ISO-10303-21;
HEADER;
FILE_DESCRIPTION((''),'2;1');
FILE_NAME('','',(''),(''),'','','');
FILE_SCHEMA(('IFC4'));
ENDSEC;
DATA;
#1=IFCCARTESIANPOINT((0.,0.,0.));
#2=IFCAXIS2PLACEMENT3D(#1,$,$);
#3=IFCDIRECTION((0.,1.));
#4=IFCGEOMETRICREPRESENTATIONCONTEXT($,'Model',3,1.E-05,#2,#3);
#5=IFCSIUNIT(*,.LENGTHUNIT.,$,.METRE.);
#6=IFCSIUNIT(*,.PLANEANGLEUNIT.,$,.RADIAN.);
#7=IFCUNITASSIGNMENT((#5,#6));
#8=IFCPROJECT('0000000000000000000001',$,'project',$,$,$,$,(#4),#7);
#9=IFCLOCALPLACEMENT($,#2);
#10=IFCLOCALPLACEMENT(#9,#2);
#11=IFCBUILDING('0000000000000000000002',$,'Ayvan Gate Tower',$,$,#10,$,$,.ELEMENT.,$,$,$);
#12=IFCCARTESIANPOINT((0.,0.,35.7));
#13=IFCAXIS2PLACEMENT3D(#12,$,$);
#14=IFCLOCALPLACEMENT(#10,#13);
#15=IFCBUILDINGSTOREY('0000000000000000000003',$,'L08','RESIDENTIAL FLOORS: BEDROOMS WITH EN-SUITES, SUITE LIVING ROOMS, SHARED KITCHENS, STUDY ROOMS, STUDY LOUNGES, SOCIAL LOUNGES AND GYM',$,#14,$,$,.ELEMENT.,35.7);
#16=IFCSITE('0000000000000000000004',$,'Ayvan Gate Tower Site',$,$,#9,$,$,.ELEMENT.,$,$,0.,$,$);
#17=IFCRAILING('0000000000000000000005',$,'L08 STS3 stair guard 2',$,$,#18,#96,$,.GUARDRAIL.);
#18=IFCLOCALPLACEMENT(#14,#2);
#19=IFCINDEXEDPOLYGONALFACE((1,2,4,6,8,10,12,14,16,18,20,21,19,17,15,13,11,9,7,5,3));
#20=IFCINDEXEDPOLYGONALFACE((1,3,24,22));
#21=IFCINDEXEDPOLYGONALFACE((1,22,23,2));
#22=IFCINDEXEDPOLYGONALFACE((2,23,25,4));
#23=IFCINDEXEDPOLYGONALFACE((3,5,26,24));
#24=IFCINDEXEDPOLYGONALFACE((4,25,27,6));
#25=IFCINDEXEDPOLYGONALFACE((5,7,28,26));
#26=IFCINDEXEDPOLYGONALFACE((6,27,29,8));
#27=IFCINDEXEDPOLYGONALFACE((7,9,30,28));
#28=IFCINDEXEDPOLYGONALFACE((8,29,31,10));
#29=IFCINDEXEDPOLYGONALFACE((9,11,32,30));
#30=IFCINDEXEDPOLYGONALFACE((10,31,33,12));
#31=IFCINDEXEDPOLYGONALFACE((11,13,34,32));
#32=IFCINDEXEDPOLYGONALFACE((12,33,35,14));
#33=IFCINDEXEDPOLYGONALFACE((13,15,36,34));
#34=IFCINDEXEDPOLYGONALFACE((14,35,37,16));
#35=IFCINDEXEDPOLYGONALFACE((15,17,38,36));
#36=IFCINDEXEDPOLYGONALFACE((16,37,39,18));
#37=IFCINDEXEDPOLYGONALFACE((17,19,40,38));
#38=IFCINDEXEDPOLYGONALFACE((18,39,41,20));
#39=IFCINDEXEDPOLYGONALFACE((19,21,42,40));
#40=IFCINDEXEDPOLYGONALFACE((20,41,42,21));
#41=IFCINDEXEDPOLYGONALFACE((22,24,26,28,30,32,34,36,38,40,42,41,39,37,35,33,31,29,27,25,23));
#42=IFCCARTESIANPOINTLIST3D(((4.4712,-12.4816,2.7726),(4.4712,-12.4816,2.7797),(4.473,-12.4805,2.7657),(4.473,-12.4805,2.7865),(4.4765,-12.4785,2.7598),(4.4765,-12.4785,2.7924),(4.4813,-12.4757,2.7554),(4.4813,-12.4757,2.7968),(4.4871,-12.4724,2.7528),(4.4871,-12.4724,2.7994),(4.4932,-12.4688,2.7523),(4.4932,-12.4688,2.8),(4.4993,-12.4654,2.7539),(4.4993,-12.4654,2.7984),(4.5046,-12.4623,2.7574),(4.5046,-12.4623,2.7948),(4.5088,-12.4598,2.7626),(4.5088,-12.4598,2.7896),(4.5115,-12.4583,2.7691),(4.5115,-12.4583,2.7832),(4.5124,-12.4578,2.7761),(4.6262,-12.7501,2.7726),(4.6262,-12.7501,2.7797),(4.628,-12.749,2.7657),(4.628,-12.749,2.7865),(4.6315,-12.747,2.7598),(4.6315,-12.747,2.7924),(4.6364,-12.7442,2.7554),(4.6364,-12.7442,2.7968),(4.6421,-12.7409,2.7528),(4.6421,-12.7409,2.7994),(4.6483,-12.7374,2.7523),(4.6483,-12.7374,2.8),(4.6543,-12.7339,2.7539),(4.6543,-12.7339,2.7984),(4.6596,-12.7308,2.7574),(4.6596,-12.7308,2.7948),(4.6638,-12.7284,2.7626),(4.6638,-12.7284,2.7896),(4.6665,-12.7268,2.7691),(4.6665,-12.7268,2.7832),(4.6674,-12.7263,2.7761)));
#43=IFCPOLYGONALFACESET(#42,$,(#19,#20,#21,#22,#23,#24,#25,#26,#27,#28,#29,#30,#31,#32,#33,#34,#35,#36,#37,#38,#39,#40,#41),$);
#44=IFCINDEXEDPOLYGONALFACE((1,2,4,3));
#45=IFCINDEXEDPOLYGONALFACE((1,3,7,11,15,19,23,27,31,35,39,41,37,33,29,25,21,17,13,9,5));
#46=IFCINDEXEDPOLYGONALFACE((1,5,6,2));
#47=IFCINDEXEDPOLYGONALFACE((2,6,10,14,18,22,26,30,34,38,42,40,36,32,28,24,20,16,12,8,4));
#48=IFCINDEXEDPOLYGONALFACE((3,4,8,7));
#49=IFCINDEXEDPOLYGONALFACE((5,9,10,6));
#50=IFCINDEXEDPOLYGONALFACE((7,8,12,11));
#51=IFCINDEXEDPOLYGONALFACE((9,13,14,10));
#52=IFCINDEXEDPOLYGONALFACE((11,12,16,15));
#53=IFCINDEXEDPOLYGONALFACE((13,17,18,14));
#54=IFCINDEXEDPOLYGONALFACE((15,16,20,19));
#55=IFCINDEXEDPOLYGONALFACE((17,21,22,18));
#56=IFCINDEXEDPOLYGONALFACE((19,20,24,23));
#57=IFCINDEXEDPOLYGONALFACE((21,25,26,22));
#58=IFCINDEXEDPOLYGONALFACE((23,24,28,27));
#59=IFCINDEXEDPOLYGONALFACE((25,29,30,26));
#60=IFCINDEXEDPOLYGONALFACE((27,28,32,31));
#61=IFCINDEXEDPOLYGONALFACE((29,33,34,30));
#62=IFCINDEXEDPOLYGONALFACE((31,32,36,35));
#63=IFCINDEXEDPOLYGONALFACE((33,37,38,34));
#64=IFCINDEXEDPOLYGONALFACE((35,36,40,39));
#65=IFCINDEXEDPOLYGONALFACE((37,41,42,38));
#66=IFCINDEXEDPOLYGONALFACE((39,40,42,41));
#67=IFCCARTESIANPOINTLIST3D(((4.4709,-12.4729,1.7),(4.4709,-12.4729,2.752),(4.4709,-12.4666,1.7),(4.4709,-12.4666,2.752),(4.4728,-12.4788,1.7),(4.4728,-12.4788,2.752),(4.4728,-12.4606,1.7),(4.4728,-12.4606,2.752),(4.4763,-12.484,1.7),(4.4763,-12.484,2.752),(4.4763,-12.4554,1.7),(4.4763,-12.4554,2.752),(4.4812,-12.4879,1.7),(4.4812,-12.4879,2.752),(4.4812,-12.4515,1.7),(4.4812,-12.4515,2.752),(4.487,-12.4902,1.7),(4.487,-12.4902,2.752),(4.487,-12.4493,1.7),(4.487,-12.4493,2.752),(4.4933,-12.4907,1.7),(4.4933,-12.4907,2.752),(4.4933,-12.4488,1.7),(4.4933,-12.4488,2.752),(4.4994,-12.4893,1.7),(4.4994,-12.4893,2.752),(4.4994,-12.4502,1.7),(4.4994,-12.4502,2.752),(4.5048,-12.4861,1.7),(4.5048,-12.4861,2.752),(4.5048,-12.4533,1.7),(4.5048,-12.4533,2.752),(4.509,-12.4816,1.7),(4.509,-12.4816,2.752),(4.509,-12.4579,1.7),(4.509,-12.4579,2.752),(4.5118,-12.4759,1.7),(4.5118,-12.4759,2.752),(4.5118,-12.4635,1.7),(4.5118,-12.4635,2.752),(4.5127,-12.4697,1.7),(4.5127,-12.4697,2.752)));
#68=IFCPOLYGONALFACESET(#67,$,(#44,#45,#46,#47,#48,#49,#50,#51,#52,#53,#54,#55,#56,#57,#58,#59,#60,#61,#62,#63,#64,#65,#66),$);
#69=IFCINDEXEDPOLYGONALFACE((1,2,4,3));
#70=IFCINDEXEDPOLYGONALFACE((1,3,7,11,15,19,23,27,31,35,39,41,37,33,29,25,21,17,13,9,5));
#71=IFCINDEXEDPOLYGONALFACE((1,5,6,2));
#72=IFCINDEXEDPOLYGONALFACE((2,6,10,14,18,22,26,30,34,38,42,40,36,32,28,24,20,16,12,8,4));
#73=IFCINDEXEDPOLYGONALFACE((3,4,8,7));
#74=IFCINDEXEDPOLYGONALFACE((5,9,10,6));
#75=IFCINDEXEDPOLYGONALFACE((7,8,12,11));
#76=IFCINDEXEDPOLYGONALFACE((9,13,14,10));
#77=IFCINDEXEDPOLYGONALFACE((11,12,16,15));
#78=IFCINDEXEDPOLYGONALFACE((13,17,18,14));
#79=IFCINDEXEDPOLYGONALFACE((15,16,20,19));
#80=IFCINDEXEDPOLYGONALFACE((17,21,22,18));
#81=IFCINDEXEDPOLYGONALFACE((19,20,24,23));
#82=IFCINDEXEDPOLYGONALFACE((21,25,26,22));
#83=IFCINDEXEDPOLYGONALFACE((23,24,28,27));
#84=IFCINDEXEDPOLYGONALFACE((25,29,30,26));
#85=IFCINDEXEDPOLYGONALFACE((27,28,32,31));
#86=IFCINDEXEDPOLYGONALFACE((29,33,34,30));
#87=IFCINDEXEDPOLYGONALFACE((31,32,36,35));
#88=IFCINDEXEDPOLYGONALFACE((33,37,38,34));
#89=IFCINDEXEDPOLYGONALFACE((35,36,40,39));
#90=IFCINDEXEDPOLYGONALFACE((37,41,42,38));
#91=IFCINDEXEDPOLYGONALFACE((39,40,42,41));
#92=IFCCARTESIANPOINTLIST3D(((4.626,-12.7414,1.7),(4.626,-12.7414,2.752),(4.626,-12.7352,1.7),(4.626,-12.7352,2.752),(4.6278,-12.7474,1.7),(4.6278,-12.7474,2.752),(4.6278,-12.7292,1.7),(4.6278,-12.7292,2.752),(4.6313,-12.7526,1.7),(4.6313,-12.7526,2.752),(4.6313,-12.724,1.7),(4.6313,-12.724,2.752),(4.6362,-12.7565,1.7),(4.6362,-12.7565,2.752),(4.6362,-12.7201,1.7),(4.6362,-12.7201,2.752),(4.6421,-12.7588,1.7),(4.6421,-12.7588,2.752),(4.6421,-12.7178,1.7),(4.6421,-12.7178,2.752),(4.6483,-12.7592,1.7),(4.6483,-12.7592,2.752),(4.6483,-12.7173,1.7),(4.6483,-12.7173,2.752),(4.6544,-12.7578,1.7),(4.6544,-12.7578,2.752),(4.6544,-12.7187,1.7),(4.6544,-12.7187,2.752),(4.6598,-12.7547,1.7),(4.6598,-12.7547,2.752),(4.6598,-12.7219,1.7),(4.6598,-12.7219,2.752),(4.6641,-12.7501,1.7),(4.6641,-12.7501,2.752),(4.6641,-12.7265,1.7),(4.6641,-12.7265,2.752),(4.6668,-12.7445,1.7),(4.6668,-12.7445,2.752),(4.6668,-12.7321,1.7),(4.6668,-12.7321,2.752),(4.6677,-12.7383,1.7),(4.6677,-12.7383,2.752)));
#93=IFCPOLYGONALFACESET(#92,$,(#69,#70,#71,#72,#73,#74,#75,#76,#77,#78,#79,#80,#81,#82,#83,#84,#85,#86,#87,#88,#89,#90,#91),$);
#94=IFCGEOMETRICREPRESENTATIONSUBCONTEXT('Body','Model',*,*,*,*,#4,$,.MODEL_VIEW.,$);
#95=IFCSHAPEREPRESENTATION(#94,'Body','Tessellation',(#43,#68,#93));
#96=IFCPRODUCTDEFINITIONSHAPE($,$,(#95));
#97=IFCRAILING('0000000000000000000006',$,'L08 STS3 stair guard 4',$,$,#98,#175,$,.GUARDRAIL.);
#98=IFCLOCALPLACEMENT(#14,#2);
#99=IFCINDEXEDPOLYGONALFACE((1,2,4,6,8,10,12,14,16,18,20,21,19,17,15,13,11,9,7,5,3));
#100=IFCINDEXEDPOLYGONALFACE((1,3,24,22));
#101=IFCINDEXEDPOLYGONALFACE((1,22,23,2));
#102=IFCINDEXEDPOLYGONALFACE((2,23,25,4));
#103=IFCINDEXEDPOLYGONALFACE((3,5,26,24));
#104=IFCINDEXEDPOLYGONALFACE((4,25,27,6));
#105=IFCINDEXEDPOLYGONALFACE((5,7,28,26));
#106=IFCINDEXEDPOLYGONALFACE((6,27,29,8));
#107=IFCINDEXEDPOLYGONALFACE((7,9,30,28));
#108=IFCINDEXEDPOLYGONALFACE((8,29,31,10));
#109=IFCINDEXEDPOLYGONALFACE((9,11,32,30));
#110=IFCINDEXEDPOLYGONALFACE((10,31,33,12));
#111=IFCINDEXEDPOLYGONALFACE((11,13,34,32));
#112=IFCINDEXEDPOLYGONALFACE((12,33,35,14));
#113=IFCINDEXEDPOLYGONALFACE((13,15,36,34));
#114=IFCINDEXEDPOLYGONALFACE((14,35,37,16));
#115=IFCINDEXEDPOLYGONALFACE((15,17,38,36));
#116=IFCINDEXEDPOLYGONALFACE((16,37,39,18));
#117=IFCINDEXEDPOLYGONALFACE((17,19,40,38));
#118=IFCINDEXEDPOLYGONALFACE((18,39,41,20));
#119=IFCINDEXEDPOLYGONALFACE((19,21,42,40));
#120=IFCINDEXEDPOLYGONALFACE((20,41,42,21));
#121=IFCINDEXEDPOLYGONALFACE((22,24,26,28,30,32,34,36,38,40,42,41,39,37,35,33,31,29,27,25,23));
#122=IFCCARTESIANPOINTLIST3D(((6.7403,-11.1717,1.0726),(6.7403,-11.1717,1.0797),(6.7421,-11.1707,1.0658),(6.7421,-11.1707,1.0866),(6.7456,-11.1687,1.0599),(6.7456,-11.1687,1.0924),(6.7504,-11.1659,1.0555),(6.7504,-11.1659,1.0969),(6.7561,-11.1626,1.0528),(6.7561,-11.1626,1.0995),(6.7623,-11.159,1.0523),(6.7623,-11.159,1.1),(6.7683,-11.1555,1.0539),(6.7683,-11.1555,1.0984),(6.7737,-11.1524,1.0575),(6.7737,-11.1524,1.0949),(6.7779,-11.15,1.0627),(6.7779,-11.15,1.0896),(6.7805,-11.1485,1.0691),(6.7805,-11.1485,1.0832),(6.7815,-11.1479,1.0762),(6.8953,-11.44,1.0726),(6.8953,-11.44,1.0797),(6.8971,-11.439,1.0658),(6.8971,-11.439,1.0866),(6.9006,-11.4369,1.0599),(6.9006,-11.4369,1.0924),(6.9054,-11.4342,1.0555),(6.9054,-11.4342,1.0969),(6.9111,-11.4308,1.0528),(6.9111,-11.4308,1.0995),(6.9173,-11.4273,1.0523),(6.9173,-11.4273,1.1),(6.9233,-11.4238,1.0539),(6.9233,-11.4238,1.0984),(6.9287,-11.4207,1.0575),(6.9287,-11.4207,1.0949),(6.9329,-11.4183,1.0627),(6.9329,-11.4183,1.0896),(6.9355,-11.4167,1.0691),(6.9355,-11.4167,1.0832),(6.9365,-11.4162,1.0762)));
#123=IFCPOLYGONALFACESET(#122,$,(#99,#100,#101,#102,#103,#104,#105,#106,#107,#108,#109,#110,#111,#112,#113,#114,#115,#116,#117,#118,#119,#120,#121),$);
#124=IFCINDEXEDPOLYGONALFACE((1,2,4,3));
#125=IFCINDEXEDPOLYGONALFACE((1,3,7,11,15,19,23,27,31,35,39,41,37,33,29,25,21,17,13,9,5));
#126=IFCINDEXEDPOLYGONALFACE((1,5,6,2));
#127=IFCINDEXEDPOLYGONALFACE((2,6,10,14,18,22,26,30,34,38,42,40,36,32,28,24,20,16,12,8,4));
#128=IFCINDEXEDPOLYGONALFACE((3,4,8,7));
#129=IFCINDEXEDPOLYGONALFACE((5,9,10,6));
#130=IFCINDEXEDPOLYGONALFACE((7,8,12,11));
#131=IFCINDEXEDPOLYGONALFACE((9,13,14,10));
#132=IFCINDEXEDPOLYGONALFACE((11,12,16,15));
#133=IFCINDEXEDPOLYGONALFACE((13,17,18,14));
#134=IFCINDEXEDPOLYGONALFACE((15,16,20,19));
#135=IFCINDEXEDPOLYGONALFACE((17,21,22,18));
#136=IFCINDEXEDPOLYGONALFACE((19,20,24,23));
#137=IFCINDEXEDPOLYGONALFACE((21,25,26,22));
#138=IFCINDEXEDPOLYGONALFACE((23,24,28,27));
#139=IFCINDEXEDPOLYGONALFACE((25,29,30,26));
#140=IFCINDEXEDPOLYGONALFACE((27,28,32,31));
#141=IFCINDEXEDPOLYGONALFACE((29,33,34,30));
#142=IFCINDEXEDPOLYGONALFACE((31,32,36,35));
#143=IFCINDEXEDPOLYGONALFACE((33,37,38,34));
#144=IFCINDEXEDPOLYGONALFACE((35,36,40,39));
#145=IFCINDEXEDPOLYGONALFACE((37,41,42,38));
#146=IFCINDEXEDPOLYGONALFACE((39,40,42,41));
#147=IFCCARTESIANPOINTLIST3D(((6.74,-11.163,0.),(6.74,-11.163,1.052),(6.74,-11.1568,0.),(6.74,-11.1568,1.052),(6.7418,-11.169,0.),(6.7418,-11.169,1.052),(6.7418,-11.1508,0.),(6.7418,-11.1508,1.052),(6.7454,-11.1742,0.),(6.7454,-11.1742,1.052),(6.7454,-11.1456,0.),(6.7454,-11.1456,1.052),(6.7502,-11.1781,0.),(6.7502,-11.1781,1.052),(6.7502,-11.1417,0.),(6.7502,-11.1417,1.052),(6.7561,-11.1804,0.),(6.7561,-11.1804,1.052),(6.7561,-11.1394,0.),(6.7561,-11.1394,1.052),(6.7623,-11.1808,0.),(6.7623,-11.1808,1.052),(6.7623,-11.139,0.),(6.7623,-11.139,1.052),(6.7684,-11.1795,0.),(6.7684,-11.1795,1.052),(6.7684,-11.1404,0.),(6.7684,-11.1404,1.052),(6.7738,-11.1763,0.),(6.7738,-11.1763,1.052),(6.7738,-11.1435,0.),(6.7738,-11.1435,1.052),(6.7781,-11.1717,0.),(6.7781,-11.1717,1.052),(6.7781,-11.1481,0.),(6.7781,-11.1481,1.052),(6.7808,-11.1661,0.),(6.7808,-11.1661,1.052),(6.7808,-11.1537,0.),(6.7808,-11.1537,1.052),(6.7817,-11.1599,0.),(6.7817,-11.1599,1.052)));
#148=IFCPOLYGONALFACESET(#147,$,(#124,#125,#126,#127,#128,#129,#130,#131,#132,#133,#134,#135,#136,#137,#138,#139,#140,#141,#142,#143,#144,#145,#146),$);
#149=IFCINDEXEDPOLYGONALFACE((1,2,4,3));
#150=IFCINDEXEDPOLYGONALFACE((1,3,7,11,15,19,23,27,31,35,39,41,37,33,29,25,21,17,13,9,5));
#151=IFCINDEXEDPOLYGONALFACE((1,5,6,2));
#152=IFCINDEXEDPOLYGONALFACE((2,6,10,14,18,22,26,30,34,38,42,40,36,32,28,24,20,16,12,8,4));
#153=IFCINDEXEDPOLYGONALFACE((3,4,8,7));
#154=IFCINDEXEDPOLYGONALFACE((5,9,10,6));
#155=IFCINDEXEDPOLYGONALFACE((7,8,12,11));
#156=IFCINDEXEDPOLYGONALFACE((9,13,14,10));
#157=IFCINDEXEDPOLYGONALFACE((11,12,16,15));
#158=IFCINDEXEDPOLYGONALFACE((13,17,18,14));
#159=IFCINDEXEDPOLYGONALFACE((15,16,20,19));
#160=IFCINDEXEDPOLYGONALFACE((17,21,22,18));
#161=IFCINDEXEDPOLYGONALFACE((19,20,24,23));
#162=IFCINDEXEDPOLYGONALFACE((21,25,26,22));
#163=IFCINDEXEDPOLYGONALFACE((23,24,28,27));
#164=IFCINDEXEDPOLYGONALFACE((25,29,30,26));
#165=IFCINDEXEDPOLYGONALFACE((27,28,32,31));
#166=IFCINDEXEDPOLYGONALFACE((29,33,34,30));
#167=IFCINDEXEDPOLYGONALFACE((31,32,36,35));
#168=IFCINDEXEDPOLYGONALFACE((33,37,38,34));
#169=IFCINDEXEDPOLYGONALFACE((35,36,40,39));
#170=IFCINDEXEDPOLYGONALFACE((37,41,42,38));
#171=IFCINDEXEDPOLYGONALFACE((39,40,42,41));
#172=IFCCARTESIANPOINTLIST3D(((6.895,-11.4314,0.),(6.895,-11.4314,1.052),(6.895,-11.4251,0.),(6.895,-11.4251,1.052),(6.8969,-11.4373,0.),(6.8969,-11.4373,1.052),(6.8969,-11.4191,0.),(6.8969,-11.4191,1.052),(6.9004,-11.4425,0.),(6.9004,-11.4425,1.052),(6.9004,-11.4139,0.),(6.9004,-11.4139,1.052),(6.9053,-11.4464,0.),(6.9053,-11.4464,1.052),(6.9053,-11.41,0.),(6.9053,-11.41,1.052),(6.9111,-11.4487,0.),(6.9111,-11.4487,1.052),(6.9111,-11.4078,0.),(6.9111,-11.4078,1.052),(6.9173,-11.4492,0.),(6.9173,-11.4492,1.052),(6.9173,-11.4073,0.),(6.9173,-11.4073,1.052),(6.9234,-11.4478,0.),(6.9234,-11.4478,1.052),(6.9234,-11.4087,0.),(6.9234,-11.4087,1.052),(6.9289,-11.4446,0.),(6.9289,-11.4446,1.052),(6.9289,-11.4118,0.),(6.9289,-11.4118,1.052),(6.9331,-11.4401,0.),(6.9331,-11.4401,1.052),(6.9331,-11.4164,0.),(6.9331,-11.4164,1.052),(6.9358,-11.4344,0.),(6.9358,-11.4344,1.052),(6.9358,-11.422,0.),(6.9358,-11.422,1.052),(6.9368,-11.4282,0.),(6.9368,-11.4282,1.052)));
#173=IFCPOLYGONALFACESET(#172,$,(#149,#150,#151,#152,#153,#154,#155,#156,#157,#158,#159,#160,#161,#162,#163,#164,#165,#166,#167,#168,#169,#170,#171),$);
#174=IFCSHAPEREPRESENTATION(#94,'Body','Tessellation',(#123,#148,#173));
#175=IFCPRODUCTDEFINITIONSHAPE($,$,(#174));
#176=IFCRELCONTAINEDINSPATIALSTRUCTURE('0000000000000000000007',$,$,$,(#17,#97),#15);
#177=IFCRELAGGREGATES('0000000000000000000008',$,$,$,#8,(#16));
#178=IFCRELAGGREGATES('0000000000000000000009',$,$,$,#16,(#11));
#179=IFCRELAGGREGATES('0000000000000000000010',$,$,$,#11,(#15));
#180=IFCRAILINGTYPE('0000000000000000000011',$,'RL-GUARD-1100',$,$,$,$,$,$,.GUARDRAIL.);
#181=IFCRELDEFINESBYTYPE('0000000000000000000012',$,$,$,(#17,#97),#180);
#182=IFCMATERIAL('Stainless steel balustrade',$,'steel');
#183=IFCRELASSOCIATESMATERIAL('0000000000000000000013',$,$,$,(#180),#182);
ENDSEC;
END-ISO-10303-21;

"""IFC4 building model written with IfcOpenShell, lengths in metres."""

from ifc_helpers import new_model, si_unit, direction, frame, origin, origin_2d, place, context, subcontext, project, spatial, circle, extrude, material, type_object, element, save


model = new_model("IFC4")

# Units and contexts
model_context = context("Model", 3, precision=1e-05, world=origin(), true_north=direction((0.0, 1.0)))
body_context = subcontext(model_context, "Body", "Model", "MODEL_VIEW")
ifc_project = project(units=[si_unit("LENGTHUNIT", "METRE"), si_unit("PLANEANGLEUNIT", "RADIAN")], contexts=[model_context])

# Site, building, storey
site_placement = place(None, origin())
site = spatial("IfcSite", under=ifc_project, at=site_placement, Name="Ayvan Gate Tower Site", CompositionType="ELEMENT", RefElevation=0.0)
building_placement = place(site_placement, origin())
building = spatial("IfcBuilding", under=site, at=building_placement, Name="Ayvan Gate Tower", CompositionType="ELEMENT")
storey_placement = place(building_placement, frame((0.0, 0.0, 35.7)))
storey = spatial("IfcBuildingStorey", under=building, at=storey_placement, Name="L08", Description="RESIDENTIAL FLOORS: BEDROOMS WITH EN-SUITES, SUITE LIVING ROOMS, SHARED KITCHENS, STUDY ROOMS, STUDY LOUNGES, SOCIAL LOUNGES AND GYM", CompositionType="ELEMENT", Elevation=35.7)

# Railings
ifc_material_1 = material(Name="Stainless steel balustrade", Category="steel")
railing_type_1 = type_object("IfcRailingType", Name="RL-GUARD-1100", PredefinedType="GUARDRAIL", material=ifc_material_1)
railing_1_placement = place(storey_placement, frame((4.4917, -12.4697, 1.7)))
element("IfcRailing", 1, at=railing_1_placement, inside=storey, type_object=railing_type_1, Name="L08 STS3 stair guard 2", PredefinedType="GUARDRAIL", context=body_context, shape_type="SweptSolid", body=[
    extrude(circle(Radius=0.0239, at=origin_2d()), frame((0.0, 0.0, 1.0762), z_axis=(0.49995, -0.866054, 0.0), x_axis=(0.866054, 0.49995, 0.0)), (0.0, 0.0, 1.0), 0.3101),
    extrude(circle(Radius=0.021, at=origin_2d()), origin(), (0.0, 0.0, 1.0), 1.052),
    extrude(circle(Radius=0.021, at=origin_2d()), frame((0.155, -0.2686, 0.0)), (0.0, 0.0, 1.0), 1.052),
])
railing_2_placement = place(storey_placement, frame((6.7607, -11.1599, 0.0)))
element("IfcRailing", 2, at=railing_2_placement, inside=storey, type_object=railing_type_1, Name="L08 STS3 stair guard 4", PredefinedType="GUARDRAIL", context=body_context, shape_type="SweptSolid", body=[
    extrude(circle(Radius=0.0239, at=origin_2d()), frame((0.0, 0.0, 1.0762), z_axis=(0.500291, -0.865857, 0.0), x_axis=(0.865857, 0.500291, 0.0)), (0.0, 0.0, 1.0), 0.3098),
    extrude(circle(Radius=0.021, at=origin_2d()), origin(), (0.0, 0.0, 1.0), 1.052),
    extrude(circle(Radius=0.021, at=origin_2d()), frame((0.155, -0.2683, 0.0)), (0.0, 0.0, 1.0), 1.052),
])

save(model, "model.ifc")
